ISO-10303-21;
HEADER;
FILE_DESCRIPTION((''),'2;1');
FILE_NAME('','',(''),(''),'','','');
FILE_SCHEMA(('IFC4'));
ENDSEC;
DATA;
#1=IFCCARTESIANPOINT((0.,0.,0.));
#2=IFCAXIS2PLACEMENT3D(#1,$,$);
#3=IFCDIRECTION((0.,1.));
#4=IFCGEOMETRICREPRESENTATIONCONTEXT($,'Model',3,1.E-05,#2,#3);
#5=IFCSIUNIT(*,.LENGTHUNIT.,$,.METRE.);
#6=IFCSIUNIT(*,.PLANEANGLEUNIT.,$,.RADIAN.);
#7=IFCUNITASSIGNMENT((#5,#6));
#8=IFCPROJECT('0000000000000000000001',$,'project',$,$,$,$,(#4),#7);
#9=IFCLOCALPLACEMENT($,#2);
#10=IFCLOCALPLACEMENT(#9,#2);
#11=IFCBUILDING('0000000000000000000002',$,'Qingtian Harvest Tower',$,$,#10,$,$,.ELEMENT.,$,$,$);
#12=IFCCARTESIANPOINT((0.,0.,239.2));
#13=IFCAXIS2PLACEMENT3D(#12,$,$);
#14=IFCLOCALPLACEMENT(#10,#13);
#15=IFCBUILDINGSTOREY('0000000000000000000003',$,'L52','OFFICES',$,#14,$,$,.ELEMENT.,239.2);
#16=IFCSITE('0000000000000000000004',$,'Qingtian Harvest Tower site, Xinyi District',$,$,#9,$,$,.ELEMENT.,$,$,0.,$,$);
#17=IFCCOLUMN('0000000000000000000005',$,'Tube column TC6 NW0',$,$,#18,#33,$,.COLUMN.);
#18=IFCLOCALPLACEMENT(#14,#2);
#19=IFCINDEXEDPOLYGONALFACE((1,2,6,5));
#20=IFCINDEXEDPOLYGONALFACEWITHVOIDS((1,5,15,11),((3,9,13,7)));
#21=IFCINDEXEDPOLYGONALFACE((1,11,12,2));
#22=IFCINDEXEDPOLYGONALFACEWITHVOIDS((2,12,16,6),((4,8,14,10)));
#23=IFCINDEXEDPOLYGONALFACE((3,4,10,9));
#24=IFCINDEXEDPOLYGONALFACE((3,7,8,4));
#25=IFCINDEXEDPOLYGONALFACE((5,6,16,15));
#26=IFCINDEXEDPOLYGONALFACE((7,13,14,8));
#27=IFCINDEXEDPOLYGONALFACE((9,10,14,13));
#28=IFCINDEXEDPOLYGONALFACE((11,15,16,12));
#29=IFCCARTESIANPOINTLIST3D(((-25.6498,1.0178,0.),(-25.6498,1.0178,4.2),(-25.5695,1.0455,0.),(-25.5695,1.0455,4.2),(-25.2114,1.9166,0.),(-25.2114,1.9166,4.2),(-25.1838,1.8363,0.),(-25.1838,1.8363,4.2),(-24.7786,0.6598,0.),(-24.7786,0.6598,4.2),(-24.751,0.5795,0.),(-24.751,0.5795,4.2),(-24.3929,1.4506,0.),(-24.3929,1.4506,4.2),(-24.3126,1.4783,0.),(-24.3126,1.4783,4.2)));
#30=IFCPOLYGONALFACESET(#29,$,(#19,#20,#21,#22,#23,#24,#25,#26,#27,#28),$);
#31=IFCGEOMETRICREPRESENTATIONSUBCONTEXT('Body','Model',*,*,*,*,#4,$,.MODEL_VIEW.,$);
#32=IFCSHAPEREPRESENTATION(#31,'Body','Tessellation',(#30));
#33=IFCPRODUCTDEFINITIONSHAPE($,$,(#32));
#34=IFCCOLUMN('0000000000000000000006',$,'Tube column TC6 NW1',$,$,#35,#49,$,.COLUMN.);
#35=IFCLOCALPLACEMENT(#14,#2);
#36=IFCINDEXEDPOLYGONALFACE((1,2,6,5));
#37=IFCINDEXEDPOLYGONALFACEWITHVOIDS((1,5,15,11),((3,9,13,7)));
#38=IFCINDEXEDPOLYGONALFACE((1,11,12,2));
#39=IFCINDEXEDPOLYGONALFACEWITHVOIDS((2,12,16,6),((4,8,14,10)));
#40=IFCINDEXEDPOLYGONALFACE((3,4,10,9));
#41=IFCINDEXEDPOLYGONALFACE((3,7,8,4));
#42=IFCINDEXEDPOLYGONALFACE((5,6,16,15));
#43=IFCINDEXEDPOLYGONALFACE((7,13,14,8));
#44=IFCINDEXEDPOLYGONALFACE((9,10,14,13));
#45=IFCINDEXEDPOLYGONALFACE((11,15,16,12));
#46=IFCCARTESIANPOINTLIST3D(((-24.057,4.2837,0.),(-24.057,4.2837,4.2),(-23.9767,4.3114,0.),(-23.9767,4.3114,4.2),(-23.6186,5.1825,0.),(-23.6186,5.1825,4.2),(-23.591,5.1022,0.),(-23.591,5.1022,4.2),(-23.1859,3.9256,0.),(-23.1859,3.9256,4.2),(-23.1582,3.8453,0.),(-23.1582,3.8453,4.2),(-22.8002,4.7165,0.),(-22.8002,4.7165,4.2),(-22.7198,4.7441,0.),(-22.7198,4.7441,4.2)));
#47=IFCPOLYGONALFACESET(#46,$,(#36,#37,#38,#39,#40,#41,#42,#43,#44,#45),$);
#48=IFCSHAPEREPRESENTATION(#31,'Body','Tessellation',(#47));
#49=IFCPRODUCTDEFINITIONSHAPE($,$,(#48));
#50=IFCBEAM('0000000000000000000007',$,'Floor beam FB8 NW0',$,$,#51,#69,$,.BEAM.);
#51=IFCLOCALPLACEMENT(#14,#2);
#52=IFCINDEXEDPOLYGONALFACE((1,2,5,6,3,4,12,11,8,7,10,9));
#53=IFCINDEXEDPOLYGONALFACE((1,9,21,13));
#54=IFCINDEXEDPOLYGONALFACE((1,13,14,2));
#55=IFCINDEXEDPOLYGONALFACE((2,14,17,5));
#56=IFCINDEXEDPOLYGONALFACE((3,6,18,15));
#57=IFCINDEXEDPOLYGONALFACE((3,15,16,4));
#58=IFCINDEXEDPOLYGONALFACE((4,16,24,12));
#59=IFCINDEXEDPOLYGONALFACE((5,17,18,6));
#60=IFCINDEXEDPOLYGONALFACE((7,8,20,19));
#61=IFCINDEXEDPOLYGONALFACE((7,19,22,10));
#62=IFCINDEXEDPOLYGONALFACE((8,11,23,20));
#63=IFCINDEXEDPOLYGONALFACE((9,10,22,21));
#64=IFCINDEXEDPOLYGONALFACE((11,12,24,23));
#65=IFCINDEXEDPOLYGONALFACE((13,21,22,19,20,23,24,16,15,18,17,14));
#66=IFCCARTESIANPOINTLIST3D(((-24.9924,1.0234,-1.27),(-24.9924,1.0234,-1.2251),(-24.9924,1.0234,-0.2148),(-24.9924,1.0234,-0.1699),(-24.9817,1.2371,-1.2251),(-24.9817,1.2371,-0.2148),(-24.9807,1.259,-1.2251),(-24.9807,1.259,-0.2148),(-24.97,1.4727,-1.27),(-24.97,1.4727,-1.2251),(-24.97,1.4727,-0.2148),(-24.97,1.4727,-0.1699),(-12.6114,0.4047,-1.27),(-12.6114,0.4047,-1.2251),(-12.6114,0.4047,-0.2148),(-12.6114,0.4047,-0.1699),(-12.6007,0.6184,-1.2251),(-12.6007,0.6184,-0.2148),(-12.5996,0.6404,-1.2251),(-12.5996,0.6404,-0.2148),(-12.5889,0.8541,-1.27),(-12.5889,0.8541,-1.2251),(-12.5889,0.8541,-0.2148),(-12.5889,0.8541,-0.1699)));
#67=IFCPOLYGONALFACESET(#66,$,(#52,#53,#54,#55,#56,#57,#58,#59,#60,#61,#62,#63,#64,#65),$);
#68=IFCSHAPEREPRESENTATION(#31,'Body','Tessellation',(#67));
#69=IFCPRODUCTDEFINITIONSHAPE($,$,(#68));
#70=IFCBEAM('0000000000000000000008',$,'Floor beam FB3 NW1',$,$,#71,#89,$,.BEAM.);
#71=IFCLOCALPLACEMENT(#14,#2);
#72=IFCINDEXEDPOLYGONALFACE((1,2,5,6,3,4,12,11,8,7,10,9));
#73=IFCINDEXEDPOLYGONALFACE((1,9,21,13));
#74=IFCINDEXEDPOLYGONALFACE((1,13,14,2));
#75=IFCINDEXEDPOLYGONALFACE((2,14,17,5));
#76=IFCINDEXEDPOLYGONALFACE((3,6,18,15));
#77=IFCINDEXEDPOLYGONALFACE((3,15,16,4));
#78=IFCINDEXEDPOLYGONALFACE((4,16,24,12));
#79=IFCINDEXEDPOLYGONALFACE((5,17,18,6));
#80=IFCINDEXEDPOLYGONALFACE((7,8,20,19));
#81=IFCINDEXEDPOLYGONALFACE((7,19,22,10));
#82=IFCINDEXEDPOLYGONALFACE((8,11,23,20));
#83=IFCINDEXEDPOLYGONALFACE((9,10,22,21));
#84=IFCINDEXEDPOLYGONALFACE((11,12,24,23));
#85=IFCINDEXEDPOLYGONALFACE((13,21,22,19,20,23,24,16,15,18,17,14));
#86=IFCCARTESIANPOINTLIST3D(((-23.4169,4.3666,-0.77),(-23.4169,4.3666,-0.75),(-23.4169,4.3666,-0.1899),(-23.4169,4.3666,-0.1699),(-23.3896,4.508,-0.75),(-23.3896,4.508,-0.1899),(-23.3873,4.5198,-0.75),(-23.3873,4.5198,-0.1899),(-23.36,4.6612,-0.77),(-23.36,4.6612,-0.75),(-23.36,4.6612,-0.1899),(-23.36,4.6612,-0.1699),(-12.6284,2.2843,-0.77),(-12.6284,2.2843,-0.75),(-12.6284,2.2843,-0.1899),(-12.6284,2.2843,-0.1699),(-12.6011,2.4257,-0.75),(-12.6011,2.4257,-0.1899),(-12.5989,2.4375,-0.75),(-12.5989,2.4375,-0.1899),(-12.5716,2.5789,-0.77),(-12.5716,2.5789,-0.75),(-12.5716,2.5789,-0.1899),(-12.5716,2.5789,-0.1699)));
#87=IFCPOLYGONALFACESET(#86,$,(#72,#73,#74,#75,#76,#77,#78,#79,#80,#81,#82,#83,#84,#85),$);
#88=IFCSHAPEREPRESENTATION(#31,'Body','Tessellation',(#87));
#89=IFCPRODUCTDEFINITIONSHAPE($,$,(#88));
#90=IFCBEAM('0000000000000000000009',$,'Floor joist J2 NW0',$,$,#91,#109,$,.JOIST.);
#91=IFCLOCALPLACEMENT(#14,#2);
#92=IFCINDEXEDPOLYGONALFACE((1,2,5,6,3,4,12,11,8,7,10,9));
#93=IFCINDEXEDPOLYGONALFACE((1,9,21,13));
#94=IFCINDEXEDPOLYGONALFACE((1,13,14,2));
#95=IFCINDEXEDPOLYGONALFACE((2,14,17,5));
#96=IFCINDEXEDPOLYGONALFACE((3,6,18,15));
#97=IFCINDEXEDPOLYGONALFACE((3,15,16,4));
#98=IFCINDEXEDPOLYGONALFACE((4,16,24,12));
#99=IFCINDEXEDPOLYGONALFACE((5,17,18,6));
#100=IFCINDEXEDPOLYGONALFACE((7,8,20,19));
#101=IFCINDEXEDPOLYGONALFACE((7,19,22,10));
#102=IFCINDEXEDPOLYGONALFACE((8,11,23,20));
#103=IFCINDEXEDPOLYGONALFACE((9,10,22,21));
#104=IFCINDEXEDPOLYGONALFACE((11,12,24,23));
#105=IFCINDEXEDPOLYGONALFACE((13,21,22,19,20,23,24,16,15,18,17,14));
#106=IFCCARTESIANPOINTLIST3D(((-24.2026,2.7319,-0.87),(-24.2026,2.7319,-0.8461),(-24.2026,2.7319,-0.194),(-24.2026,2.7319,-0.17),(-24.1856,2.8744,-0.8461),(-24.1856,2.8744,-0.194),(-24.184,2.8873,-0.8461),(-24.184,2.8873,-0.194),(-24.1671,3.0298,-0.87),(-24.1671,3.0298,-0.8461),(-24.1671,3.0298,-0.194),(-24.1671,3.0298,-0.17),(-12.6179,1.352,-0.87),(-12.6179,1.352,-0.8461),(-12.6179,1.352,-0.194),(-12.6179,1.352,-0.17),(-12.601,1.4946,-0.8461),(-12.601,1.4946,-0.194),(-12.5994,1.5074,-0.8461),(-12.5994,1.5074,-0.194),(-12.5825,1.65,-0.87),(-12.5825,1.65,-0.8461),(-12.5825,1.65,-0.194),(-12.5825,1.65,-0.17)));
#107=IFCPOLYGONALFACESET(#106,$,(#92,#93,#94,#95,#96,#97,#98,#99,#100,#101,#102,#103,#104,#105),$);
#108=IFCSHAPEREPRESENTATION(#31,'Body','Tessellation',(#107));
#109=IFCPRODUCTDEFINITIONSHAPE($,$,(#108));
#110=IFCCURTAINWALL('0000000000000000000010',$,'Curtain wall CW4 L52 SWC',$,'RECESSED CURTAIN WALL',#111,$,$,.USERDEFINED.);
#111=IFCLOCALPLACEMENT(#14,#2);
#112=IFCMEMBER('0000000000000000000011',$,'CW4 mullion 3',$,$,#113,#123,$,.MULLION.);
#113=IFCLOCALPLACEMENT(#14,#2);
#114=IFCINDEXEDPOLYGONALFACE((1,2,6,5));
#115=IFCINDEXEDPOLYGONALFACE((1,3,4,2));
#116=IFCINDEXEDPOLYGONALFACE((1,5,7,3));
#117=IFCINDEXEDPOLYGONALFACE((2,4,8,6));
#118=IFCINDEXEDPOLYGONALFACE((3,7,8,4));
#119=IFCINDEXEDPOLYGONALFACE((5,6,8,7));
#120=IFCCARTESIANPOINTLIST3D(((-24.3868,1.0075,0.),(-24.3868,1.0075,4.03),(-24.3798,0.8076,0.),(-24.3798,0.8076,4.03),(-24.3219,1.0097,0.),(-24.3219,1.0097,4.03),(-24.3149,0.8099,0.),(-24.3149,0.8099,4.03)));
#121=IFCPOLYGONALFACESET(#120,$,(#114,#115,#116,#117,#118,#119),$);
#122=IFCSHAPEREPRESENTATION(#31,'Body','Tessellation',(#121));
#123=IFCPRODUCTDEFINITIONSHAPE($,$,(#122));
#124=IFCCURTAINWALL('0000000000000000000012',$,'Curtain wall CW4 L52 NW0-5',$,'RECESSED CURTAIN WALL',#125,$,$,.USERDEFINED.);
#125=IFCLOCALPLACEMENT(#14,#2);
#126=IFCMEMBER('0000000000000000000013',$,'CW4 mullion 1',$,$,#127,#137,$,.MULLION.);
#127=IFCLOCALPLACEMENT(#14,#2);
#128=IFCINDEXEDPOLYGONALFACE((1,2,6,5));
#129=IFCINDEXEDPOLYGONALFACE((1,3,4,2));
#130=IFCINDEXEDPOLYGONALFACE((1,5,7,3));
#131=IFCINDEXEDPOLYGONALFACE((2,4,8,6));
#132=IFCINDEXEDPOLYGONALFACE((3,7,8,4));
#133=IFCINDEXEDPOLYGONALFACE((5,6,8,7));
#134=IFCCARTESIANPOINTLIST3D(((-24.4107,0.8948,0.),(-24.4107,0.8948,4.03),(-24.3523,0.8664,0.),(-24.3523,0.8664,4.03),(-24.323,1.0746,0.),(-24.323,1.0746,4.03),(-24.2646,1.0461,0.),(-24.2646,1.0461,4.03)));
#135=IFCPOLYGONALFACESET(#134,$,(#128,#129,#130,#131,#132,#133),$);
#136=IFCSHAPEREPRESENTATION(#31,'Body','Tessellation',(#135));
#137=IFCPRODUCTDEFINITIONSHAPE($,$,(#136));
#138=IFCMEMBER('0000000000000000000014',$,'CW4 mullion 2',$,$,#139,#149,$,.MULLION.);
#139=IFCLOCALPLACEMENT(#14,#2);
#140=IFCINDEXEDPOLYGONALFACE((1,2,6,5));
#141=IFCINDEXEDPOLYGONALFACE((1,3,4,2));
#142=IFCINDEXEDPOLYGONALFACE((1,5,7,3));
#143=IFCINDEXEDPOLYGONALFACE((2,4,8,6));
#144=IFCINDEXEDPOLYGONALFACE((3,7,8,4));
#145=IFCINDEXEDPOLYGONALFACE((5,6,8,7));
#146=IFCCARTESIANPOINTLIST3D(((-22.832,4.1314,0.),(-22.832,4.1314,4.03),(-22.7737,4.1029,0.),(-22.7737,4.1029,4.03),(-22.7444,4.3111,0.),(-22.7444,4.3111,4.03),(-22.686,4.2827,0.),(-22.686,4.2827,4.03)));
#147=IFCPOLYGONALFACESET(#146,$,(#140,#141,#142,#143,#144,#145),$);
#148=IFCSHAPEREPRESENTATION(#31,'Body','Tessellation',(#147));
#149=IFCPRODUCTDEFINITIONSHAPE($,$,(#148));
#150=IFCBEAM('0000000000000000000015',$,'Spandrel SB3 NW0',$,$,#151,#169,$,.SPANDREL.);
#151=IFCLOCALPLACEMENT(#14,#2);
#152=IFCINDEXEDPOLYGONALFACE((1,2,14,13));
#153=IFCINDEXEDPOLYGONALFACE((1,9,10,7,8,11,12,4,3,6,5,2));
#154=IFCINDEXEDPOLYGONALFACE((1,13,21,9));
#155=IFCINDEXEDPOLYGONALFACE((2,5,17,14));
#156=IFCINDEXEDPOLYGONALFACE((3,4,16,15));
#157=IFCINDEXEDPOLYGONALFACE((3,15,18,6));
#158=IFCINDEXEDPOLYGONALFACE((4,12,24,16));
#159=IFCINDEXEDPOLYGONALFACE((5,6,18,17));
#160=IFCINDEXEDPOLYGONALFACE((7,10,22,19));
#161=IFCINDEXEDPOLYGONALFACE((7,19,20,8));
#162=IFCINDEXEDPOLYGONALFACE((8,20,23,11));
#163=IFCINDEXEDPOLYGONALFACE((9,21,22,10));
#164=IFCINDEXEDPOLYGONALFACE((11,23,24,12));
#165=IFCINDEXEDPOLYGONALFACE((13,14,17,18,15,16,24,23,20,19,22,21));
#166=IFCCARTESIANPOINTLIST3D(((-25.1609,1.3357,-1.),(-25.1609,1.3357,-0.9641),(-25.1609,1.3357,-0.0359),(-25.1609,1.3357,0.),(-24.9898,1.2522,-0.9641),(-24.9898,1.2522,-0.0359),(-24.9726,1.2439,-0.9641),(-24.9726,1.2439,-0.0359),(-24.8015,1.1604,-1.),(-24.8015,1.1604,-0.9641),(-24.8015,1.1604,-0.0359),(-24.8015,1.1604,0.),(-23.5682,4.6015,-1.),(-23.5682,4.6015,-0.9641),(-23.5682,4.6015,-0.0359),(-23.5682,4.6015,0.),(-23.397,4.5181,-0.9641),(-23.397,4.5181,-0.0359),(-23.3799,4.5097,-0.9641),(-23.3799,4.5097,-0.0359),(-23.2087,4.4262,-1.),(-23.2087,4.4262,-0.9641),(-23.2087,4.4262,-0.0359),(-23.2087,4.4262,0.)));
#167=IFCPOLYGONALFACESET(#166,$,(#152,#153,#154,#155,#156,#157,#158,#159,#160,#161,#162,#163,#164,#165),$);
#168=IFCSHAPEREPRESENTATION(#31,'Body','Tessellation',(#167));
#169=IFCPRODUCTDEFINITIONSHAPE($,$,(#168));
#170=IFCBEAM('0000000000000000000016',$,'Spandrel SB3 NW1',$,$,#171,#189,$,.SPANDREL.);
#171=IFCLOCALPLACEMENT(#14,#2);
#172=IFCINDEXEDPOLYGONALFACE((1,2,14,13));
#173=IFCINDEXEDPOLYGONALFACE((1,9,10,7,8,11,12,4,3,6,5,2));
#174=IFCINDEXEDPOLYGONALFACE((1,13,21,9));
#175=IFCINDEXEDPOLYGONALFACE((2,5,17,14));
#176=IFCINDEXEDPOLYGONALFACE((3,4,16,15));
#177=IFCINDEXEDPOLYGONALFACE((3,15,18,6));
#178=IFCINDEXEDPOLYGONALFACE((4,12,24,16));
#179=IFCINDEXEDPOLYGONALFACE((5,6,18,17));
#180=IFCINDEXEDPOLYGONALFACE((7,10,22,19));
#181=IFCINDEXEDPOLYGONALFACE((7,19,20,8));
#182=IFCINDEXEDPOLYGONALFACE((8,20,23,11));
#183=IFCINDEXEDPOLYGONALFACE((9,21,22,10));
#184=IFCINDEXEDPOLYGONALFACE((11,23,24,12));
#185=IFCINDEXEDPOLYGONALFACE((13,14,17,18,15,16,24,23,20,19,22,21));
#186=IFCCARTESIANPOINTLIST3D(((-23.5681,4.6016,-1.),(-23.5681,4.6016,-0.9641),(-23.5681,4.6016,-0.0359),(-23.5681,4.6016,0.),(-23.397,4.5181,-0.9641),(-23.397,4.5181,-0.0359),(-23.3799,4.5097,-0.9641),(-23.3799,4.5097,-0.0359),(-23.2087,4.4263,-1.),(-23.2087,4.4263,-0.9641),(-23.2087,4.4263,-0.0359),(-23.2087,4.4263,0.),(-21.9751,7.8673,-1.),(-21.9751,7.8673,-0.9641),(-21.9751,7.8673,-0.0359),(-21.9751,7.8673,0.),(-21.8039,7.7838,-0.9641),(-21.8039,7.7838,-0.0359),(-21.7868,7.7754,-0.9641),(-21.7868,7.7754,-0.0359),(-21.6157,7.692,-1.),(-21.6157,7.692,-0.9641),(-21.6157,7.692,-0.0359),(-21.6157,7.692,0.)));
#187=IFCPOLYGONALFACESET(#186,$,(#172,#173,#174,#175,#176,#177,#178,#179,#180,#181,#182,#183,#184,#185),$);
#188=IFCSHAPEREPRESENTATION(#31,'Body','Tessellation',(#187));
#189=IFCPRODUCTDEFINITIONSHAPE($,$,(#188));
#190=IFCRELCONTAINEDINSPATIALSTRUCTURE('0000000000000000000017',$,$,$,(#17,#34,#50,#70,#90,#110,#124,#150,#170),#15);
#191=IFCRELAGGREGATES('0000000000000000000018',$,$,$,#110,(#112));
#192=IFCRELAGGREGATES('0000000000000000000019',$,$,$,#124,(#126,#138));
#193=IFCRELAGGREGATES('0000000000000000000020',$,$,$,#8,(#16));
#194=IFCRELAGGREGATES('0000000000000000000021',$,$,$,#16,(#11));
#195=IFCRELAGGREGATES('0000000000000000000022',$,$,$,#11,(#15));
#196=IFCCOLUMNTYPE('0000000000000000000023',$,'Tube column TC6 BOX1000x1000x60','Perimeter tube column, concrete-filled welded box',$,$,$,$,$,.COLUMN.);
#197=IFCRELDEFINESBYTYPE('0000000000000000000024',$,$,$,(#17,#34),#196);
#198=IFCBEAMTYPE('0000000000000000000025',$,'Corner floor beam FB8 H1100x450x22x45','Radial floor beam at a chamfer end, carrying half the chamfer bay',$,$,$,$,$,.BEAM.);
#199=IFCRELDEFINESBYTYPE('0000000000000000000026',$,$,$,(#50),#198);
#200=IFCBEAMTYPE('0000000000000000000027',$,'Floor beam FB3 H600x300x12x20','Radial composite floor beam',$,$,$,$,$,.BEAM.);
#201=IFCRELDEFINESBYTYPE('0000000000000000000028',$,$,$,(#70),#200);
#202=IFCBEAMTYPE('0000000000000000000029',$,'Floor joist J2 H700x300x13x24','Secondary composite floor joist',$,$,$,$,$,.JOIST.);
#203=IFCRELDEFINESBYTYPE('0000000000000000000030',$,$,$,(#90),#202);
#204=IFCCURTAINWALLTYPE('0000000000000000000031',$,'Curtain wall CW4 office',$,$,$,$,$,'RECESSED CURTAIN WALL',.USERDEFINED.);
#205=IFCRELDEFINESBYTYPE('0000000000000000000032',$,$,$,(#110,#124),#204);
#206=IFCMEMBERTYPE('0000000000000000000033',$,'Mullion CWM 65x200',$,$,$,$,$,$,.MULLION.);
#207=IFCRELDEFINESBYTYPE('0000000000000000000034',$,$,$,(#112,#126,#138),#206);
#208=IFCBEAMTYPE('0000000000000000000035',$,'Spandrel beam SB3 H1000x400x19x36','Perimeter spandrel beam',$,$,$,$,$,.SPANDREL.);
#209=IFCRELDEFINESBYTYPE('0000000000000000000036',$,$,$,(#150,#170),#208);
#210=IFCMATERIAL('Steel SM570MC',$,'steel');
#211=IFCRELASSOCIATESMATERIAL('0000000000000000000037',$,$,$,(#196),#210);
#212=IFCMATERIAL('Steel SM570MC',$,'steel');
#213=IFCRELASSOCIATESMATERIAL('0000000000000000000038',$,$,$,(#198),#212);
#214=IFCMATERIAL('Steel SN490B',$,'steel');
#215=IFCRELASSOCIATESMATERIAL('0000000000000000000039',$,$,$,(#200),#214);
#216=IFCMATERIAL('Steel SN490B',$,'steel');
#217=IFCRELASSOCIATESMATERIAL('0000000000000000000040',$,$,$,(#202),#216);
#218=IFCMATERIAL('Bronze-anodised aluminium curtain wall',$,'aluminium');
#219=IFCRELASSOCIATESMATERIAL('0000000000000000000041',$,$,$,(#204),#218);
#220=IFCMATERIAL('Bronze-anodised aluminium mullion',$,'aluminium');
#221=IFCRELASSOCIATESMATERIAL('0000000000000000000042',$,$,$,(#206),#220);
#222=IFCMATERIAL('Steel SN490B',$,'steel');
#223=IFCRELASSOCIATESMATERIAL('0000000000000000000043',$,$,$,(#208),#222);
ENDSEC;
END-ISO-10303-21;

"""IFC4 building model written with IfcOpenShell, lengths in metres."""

from ifc_helpers import new_model, si_unit, direction, frame, origin, origin_2d, place, context, subcontext, project, spatial, rectangle, hollow_rectangle, i_section, extrude, material, material_profile, profile_set, type_object, element, aggregate, save


model = new_model("IFC4")

# Units and contexts
model_context = context("Model", 3, precision=1e-05, world=origin(), true_north=direction((0.0, 1.0)))
body_context = subcontext(model_context, "Body", "Model", "MODEL_VIEW")
ifc_project = project(units=[si_unit("LENGTHUNIT", "METRE"), si_unit("PLANEANGLEUNIT", "RADIAN")], contexts=[model_context])

# Site, building, storey
site_placement = place(None, origin())
site = spatial("IfcSite", under=ifc_project, at=site_placement, Name="Qingtian Harvest Tower site, Xinyi District", CompositionType="ELEMENT", RefElevation=0.0)
building_placement = place(site_placement, origin())
building = spatial("IfcBuilding", under=site, at=building_placement, Name="Qingtian Harvest Tower", CompositionType="ELEMENT")
storey_placement = place(building_placement, frame((0.0, 0.0, 239.2)))
storey = spatial("IfcBuildingStorey", under=building, at=storey_placement, Name="L52", Description="OFFICES", CompositionType="ELEMENT", Elevation=239.2)

# Columns
ifc_material_1 = material(Name="Steel SM570MC", Category="steel")
ifc_material_profile_1 = material_profile(ifc_material_1, hollow_rectangle(XDim=1.0, YDim=1.0, WallThickness=0.0601, at=origin_2d()), Name="BOX1000x1000x60")
ifc_profile_set_1 = profile_set([ifc_material_profile_1], Name="Steel SM570MC")
column_type = type_object("IfcColumnType", Name="Tube column TC6 BOX1000x1000x60", Description="Perimeter tube column, concrete-filled welded box", PredefinedType="COLUMN", material=ifc_profile_set_1)
for number, where, z_axis, x_axis, name in (
    (1, (-24.9812, 1.248, 0.0), (0.0, 0.0, 1.0), (-0.438371, -0.898794, 0.0), "Tube column TC6 NW0"),
    (2, (-23.3884, 4.5139, 0.0), (0.0, 0.0, 1.0), (-0.438371, -0.898794, 0.0), "Tube column TC6 NW1"),
):
    element("IfcColumn", number, at=place(storey_placement, frame(where, z_axis=z_axis, x_axis=x_axis)), inside=storey, type_object=column_type, Name=name, PredefinedType="COLUMN", context=body_context, shape_type="SweptSolid", body=[
        extrude(hollow_rectangle(XDim=1.0, YDim=1.0, WallThickness=0.0601, at=origin_2d()), origin(), (0.0, 0.0, 1.0), 4.2),
    ])

# Beams
ifc_material_2 = material(Name="Steel SM570MC", Category="steel")
ifc_material_profile_2 = material_profile(ifc_material_2, i_section(OverallWidth=0.45, OverallDepth=1.1001, WebThickness=0.022, FlangeThickness=0.0449, at=origin_2d()), Name="H1100x450x22x45")
ifc_profile_set_2 = profile_set([ifc_material_profile_2], Name="Steel SM570MC")
beam_type_1 = type_object("IfcBeamType", Name="Corner floor beam FB8 H1100x450x22x45", Description="Radial floor beam at a chamfer end, carrying half the chamfer bay", PredefinedType="BEAM", material=ifc_profile_set_2)
beam_1_placement = place(storey_placement, frame((-24.9812, 1.248, -0.72), z_axis=(0.998754, -0.049905, 0.0), x_axis=(0.049905, 0.998754, 0.0)))
element("IfcBeam", 3, at=beam_1_placement, inside=storey, type_object=beam_type_1, Name="Floor beam FB8 NW0", PredefinedType="BEAM", context=body_context, shape_type="SweptSolid", body=[
    extrude(i_section(OverallWidth=0.45, OverallDepth=1.1001, WebThickness=0.022, FlangeThickness=0.0449, at=origin_2d()), origin(), (0.0, 0.0, 1.0), 12.3965),
])
ifc_material_3 = material(Name="Steel SN490B", Category="steel")
ifc_material_profile_3 = material_profile(ifc_material_3, i_section(OverallWidth=0.3, OverallDepth=0.6001, WebThickness=0.012, FlangeThickness=0.02, at=origin_2d()), Name="H600x300x12x20")
ifc_profile_set_3 = profile_set([ifc_material_profile_3], Name="Steel SN490B")
beam_type_2 = type_object("IfcBeamType", Name="Floor beam FB3 H600x300x12x20", Description="Radial composite floor beam", PredefinedType="BEAM", material=ifc_profile_set_3)
beam_2_placement = place(storey_placement, frame((-23.3884, 4.5139, -0.47), z_axis=(0.981878, -0.189514, 0.0), x_axis=(0.189514, 0.981878, 0.0)))
element("IfcBeam", 4, at=beam_2_placement, inside=storey, type_object=beam_type_2, Name="Floor beam FB3 NW1", PredefinedType="BEAM", context=body_context, shape_type="SweptSolid", body=[
    extrude(i_section(OverallWidth=0.3, OverallDepth=0.6001, WebThickness=0.012, FlangeThickness=0.02, at=origin_2d()), origin(), (0.0, 0.0, 1.0), 10.9875),
])
ifc_material_4 = material(Name="Steel SN490B", Category="steel")
ifc_material_profile_4 = material_profile(ifc_material_4, i_section(OverallWidth=0.3, OverallDepth=0.7, WebThickness=0.0129, FlangeThickness=0.0239, at=origin_2d()), Name="H700x300x13x24")
ifc_profile_set_4 = profile_set([ifc_material_profile_4], Name="Steel SN490B")
beam_type_3 = type_object("IfcBeamType", Name="Floor joist J2 H700x300x13x24", Description="Secondary composite floor joist", PredefinedType="JOIST", material=ifc_profile_set_4)
beam_3_placement = place(storey_placement, frame((-24.1848, 2.8809, -0.52), z_axis=(0.992981, -0.118276, 0.0), x_axis=(0.118276, 0.992981, 0.0)))
element("IfcBeam", 5, at=beam_3_placement, inside=storey, type_object=beam_type_3, Name="Floor joist J2 NW0", PredefinedType="JOIST", context=body_context, shape_type="SweptSolid", body=[
    extrude(i_section(OverallWidth=0.3, OverallDepth=0.7, WebThickness=0.0129, FlangeThickness=0.0239, at=origin_2d()), origin(), (0.0, 0.0, 1.0), 11.6665),
])

# Curtain wall, member
ifc_material_5 = material(Name="Bronze-anodised aluminium curtain wall", Category="aluminium")
curtain_wall_type = type_object("IfcCurtainWallType", Name="Curtain wall CW4 office", ElementType="RECESSED CURTAIN WALL", PredefinedType="USERDEFINED", material=ifc_material_5)
curtain_wall_1_placement = place(storey_placement, origin())
curtain_wall_1 = element("IfcCurtainWall", 6, at=curtain_wall_1_placement, inside=storey, type_object=curtain_wall_type, Name="Curtain wall CW4 L52 SWC", ObjectType="RECESSED CURTAIN WALL", PredefinedType="USERDEFINED")
ifc_material_6 = material(Name="Bronze-anodised aluminium mullion", Category="aluminium")
ifc_material_profile_5 = material_profile(ifc_material_6, rectangle(XDim=0.0649, YDim=0.2, at=origin_2d()), Name="AL 65x200")
ifc_profile_set_5 = profile_set([ifc_material_profile_5], Name="Bronze-anodised aluminium mullion")
member_type_1 = type_object("IfcMemberType", Name="Mullion CWM 65x200", PredefinedType="MULLION", material=ifc_profile_set_5)
member_1_placement = place(storey_placement, frame((-24.3508, 0.9087, 0.0), z_axis=(0.0, 0.0, 1.0), x_axis=(-0.999391, -0.034899, 0.0)))
member_1 = element("IfcMember", 7, at=member_1_placement, type_object=member_type_1, Name="CW4 mullion 3", PredefinedType="MULLION", context=body_context, shape_type="SweptSolid", body=[
    extrude(rectangle(XDim=0.0649, YDim=0.2, at=origin_2d()), origin(), (0.0, 0.0, 1.0), 4.03),
])

# Curtain wall, members
curtain_wall_2_placement = place(storey_placement, origin())
curtain_wall_2 = element("IfcCurtainWall", 8, at=curtain_wall_2_placement, inside=storey, type_object=curtain_wall_type, Name="Curtain wall CW4 L52 NW0-5", ObjectType="RECESSED CURTAIN WALL", PredefinedType="USERDEFINED")
member_2_placement = place(storey_placement, frame((-24.3376, 0.9705, 0.0), z_axis=(0.0, 0.0, 1.0), x_axis=(-0.898794, 0.438371, 0.0)))
member_2 = element("IfcMember", 9, at=member_2_placement, type_object=member_type_1, Name="CW4 mullion 1", PredefinedType="MULLION", context=body_context, shape_type="SweptSolid", body=[
    extrude(rectangle(XDim=0.0649, YDim=0.2, at=origin_2d()), origin(), (0.0, 0.0, 1.0), 4.03),
])
member_3_placement = place(storey_placement, frame((-22.759, 4.207, 0.0), z_axis=(0.0, 0.0, 1.0), x_axis=(-0.898794, 0.438371, 0.0)))
member_3 = element("IfcMember", 10, at=member_3_placement, type_object=member_type_1, Name="CW4 mullion 2", PredefinedType="MULLION", context=body_context, shape_type="SweptSolid", body=[
    extrude(rectangle(XDim=0.0649, YDim=0.2, at=origin_2d()), origin(), (0.0, 0.0, 1.0), 4.03),
])

# Beams
ifc_material_7 = material(Name="Steel SN490B", Category="steel")
ifc_material_profile_6 = material_profile(ifc_material_7, i_section(OverallWidth=0.3999, OverallDepth=1.0, WebThickness=0.019, FlangeThickness=0.0359, at=origin_2d()), Name="H1000x400x19x36")
ifc_profile_set_6 = profile_set([ifc_material_profile_6], Name="Steel SN490B")
beam_type_4 = type_object("IfcBeamType", Name="Spandrel beam SB3 H1000x400x19x36", Description="Perimeter spandrel beam", PredefinedType="SPANDREL", material=ifc_profile_set_6)
for number, where, z_axis, x_axis, name in (
    (11, (-24.9812, 1.248, -0.5), (0.438349, 0.898805, 0.0), (-0.898805, 0.438349, 0.0), "Spandrel SB3 NW0"),
    (12, (-23.3884, 4.5139, -0.5), (0.43843, 0.898765, 0.0), (-0.898765, 0.43843, 0.0), "Spandrel SB3 NW1"),
):
    element("IfcBeam", number, at=place(storey_placement, frame(where, z_axis=z_axis, x_axis=x_axis)), inside=storey, type_object=beam_type_4, Name=name, PredefinedType="SPANDREL", context=body_context, shape_type="SweptSolid", body=[
        extrude(i_section(OverallWidth=0.3999, OverallDepth=1.0, WebThickness=0.019, FlangeThickness=0.0359, at=origin_2d()), origin(), (0.0, 0.0, 1.0), 3.6335),
    ])

aggregate(curtain_wall_1, [member_1])
aggregate(curtain_wall_2, [member_2, member_3])

save(model, "model.ifc")
